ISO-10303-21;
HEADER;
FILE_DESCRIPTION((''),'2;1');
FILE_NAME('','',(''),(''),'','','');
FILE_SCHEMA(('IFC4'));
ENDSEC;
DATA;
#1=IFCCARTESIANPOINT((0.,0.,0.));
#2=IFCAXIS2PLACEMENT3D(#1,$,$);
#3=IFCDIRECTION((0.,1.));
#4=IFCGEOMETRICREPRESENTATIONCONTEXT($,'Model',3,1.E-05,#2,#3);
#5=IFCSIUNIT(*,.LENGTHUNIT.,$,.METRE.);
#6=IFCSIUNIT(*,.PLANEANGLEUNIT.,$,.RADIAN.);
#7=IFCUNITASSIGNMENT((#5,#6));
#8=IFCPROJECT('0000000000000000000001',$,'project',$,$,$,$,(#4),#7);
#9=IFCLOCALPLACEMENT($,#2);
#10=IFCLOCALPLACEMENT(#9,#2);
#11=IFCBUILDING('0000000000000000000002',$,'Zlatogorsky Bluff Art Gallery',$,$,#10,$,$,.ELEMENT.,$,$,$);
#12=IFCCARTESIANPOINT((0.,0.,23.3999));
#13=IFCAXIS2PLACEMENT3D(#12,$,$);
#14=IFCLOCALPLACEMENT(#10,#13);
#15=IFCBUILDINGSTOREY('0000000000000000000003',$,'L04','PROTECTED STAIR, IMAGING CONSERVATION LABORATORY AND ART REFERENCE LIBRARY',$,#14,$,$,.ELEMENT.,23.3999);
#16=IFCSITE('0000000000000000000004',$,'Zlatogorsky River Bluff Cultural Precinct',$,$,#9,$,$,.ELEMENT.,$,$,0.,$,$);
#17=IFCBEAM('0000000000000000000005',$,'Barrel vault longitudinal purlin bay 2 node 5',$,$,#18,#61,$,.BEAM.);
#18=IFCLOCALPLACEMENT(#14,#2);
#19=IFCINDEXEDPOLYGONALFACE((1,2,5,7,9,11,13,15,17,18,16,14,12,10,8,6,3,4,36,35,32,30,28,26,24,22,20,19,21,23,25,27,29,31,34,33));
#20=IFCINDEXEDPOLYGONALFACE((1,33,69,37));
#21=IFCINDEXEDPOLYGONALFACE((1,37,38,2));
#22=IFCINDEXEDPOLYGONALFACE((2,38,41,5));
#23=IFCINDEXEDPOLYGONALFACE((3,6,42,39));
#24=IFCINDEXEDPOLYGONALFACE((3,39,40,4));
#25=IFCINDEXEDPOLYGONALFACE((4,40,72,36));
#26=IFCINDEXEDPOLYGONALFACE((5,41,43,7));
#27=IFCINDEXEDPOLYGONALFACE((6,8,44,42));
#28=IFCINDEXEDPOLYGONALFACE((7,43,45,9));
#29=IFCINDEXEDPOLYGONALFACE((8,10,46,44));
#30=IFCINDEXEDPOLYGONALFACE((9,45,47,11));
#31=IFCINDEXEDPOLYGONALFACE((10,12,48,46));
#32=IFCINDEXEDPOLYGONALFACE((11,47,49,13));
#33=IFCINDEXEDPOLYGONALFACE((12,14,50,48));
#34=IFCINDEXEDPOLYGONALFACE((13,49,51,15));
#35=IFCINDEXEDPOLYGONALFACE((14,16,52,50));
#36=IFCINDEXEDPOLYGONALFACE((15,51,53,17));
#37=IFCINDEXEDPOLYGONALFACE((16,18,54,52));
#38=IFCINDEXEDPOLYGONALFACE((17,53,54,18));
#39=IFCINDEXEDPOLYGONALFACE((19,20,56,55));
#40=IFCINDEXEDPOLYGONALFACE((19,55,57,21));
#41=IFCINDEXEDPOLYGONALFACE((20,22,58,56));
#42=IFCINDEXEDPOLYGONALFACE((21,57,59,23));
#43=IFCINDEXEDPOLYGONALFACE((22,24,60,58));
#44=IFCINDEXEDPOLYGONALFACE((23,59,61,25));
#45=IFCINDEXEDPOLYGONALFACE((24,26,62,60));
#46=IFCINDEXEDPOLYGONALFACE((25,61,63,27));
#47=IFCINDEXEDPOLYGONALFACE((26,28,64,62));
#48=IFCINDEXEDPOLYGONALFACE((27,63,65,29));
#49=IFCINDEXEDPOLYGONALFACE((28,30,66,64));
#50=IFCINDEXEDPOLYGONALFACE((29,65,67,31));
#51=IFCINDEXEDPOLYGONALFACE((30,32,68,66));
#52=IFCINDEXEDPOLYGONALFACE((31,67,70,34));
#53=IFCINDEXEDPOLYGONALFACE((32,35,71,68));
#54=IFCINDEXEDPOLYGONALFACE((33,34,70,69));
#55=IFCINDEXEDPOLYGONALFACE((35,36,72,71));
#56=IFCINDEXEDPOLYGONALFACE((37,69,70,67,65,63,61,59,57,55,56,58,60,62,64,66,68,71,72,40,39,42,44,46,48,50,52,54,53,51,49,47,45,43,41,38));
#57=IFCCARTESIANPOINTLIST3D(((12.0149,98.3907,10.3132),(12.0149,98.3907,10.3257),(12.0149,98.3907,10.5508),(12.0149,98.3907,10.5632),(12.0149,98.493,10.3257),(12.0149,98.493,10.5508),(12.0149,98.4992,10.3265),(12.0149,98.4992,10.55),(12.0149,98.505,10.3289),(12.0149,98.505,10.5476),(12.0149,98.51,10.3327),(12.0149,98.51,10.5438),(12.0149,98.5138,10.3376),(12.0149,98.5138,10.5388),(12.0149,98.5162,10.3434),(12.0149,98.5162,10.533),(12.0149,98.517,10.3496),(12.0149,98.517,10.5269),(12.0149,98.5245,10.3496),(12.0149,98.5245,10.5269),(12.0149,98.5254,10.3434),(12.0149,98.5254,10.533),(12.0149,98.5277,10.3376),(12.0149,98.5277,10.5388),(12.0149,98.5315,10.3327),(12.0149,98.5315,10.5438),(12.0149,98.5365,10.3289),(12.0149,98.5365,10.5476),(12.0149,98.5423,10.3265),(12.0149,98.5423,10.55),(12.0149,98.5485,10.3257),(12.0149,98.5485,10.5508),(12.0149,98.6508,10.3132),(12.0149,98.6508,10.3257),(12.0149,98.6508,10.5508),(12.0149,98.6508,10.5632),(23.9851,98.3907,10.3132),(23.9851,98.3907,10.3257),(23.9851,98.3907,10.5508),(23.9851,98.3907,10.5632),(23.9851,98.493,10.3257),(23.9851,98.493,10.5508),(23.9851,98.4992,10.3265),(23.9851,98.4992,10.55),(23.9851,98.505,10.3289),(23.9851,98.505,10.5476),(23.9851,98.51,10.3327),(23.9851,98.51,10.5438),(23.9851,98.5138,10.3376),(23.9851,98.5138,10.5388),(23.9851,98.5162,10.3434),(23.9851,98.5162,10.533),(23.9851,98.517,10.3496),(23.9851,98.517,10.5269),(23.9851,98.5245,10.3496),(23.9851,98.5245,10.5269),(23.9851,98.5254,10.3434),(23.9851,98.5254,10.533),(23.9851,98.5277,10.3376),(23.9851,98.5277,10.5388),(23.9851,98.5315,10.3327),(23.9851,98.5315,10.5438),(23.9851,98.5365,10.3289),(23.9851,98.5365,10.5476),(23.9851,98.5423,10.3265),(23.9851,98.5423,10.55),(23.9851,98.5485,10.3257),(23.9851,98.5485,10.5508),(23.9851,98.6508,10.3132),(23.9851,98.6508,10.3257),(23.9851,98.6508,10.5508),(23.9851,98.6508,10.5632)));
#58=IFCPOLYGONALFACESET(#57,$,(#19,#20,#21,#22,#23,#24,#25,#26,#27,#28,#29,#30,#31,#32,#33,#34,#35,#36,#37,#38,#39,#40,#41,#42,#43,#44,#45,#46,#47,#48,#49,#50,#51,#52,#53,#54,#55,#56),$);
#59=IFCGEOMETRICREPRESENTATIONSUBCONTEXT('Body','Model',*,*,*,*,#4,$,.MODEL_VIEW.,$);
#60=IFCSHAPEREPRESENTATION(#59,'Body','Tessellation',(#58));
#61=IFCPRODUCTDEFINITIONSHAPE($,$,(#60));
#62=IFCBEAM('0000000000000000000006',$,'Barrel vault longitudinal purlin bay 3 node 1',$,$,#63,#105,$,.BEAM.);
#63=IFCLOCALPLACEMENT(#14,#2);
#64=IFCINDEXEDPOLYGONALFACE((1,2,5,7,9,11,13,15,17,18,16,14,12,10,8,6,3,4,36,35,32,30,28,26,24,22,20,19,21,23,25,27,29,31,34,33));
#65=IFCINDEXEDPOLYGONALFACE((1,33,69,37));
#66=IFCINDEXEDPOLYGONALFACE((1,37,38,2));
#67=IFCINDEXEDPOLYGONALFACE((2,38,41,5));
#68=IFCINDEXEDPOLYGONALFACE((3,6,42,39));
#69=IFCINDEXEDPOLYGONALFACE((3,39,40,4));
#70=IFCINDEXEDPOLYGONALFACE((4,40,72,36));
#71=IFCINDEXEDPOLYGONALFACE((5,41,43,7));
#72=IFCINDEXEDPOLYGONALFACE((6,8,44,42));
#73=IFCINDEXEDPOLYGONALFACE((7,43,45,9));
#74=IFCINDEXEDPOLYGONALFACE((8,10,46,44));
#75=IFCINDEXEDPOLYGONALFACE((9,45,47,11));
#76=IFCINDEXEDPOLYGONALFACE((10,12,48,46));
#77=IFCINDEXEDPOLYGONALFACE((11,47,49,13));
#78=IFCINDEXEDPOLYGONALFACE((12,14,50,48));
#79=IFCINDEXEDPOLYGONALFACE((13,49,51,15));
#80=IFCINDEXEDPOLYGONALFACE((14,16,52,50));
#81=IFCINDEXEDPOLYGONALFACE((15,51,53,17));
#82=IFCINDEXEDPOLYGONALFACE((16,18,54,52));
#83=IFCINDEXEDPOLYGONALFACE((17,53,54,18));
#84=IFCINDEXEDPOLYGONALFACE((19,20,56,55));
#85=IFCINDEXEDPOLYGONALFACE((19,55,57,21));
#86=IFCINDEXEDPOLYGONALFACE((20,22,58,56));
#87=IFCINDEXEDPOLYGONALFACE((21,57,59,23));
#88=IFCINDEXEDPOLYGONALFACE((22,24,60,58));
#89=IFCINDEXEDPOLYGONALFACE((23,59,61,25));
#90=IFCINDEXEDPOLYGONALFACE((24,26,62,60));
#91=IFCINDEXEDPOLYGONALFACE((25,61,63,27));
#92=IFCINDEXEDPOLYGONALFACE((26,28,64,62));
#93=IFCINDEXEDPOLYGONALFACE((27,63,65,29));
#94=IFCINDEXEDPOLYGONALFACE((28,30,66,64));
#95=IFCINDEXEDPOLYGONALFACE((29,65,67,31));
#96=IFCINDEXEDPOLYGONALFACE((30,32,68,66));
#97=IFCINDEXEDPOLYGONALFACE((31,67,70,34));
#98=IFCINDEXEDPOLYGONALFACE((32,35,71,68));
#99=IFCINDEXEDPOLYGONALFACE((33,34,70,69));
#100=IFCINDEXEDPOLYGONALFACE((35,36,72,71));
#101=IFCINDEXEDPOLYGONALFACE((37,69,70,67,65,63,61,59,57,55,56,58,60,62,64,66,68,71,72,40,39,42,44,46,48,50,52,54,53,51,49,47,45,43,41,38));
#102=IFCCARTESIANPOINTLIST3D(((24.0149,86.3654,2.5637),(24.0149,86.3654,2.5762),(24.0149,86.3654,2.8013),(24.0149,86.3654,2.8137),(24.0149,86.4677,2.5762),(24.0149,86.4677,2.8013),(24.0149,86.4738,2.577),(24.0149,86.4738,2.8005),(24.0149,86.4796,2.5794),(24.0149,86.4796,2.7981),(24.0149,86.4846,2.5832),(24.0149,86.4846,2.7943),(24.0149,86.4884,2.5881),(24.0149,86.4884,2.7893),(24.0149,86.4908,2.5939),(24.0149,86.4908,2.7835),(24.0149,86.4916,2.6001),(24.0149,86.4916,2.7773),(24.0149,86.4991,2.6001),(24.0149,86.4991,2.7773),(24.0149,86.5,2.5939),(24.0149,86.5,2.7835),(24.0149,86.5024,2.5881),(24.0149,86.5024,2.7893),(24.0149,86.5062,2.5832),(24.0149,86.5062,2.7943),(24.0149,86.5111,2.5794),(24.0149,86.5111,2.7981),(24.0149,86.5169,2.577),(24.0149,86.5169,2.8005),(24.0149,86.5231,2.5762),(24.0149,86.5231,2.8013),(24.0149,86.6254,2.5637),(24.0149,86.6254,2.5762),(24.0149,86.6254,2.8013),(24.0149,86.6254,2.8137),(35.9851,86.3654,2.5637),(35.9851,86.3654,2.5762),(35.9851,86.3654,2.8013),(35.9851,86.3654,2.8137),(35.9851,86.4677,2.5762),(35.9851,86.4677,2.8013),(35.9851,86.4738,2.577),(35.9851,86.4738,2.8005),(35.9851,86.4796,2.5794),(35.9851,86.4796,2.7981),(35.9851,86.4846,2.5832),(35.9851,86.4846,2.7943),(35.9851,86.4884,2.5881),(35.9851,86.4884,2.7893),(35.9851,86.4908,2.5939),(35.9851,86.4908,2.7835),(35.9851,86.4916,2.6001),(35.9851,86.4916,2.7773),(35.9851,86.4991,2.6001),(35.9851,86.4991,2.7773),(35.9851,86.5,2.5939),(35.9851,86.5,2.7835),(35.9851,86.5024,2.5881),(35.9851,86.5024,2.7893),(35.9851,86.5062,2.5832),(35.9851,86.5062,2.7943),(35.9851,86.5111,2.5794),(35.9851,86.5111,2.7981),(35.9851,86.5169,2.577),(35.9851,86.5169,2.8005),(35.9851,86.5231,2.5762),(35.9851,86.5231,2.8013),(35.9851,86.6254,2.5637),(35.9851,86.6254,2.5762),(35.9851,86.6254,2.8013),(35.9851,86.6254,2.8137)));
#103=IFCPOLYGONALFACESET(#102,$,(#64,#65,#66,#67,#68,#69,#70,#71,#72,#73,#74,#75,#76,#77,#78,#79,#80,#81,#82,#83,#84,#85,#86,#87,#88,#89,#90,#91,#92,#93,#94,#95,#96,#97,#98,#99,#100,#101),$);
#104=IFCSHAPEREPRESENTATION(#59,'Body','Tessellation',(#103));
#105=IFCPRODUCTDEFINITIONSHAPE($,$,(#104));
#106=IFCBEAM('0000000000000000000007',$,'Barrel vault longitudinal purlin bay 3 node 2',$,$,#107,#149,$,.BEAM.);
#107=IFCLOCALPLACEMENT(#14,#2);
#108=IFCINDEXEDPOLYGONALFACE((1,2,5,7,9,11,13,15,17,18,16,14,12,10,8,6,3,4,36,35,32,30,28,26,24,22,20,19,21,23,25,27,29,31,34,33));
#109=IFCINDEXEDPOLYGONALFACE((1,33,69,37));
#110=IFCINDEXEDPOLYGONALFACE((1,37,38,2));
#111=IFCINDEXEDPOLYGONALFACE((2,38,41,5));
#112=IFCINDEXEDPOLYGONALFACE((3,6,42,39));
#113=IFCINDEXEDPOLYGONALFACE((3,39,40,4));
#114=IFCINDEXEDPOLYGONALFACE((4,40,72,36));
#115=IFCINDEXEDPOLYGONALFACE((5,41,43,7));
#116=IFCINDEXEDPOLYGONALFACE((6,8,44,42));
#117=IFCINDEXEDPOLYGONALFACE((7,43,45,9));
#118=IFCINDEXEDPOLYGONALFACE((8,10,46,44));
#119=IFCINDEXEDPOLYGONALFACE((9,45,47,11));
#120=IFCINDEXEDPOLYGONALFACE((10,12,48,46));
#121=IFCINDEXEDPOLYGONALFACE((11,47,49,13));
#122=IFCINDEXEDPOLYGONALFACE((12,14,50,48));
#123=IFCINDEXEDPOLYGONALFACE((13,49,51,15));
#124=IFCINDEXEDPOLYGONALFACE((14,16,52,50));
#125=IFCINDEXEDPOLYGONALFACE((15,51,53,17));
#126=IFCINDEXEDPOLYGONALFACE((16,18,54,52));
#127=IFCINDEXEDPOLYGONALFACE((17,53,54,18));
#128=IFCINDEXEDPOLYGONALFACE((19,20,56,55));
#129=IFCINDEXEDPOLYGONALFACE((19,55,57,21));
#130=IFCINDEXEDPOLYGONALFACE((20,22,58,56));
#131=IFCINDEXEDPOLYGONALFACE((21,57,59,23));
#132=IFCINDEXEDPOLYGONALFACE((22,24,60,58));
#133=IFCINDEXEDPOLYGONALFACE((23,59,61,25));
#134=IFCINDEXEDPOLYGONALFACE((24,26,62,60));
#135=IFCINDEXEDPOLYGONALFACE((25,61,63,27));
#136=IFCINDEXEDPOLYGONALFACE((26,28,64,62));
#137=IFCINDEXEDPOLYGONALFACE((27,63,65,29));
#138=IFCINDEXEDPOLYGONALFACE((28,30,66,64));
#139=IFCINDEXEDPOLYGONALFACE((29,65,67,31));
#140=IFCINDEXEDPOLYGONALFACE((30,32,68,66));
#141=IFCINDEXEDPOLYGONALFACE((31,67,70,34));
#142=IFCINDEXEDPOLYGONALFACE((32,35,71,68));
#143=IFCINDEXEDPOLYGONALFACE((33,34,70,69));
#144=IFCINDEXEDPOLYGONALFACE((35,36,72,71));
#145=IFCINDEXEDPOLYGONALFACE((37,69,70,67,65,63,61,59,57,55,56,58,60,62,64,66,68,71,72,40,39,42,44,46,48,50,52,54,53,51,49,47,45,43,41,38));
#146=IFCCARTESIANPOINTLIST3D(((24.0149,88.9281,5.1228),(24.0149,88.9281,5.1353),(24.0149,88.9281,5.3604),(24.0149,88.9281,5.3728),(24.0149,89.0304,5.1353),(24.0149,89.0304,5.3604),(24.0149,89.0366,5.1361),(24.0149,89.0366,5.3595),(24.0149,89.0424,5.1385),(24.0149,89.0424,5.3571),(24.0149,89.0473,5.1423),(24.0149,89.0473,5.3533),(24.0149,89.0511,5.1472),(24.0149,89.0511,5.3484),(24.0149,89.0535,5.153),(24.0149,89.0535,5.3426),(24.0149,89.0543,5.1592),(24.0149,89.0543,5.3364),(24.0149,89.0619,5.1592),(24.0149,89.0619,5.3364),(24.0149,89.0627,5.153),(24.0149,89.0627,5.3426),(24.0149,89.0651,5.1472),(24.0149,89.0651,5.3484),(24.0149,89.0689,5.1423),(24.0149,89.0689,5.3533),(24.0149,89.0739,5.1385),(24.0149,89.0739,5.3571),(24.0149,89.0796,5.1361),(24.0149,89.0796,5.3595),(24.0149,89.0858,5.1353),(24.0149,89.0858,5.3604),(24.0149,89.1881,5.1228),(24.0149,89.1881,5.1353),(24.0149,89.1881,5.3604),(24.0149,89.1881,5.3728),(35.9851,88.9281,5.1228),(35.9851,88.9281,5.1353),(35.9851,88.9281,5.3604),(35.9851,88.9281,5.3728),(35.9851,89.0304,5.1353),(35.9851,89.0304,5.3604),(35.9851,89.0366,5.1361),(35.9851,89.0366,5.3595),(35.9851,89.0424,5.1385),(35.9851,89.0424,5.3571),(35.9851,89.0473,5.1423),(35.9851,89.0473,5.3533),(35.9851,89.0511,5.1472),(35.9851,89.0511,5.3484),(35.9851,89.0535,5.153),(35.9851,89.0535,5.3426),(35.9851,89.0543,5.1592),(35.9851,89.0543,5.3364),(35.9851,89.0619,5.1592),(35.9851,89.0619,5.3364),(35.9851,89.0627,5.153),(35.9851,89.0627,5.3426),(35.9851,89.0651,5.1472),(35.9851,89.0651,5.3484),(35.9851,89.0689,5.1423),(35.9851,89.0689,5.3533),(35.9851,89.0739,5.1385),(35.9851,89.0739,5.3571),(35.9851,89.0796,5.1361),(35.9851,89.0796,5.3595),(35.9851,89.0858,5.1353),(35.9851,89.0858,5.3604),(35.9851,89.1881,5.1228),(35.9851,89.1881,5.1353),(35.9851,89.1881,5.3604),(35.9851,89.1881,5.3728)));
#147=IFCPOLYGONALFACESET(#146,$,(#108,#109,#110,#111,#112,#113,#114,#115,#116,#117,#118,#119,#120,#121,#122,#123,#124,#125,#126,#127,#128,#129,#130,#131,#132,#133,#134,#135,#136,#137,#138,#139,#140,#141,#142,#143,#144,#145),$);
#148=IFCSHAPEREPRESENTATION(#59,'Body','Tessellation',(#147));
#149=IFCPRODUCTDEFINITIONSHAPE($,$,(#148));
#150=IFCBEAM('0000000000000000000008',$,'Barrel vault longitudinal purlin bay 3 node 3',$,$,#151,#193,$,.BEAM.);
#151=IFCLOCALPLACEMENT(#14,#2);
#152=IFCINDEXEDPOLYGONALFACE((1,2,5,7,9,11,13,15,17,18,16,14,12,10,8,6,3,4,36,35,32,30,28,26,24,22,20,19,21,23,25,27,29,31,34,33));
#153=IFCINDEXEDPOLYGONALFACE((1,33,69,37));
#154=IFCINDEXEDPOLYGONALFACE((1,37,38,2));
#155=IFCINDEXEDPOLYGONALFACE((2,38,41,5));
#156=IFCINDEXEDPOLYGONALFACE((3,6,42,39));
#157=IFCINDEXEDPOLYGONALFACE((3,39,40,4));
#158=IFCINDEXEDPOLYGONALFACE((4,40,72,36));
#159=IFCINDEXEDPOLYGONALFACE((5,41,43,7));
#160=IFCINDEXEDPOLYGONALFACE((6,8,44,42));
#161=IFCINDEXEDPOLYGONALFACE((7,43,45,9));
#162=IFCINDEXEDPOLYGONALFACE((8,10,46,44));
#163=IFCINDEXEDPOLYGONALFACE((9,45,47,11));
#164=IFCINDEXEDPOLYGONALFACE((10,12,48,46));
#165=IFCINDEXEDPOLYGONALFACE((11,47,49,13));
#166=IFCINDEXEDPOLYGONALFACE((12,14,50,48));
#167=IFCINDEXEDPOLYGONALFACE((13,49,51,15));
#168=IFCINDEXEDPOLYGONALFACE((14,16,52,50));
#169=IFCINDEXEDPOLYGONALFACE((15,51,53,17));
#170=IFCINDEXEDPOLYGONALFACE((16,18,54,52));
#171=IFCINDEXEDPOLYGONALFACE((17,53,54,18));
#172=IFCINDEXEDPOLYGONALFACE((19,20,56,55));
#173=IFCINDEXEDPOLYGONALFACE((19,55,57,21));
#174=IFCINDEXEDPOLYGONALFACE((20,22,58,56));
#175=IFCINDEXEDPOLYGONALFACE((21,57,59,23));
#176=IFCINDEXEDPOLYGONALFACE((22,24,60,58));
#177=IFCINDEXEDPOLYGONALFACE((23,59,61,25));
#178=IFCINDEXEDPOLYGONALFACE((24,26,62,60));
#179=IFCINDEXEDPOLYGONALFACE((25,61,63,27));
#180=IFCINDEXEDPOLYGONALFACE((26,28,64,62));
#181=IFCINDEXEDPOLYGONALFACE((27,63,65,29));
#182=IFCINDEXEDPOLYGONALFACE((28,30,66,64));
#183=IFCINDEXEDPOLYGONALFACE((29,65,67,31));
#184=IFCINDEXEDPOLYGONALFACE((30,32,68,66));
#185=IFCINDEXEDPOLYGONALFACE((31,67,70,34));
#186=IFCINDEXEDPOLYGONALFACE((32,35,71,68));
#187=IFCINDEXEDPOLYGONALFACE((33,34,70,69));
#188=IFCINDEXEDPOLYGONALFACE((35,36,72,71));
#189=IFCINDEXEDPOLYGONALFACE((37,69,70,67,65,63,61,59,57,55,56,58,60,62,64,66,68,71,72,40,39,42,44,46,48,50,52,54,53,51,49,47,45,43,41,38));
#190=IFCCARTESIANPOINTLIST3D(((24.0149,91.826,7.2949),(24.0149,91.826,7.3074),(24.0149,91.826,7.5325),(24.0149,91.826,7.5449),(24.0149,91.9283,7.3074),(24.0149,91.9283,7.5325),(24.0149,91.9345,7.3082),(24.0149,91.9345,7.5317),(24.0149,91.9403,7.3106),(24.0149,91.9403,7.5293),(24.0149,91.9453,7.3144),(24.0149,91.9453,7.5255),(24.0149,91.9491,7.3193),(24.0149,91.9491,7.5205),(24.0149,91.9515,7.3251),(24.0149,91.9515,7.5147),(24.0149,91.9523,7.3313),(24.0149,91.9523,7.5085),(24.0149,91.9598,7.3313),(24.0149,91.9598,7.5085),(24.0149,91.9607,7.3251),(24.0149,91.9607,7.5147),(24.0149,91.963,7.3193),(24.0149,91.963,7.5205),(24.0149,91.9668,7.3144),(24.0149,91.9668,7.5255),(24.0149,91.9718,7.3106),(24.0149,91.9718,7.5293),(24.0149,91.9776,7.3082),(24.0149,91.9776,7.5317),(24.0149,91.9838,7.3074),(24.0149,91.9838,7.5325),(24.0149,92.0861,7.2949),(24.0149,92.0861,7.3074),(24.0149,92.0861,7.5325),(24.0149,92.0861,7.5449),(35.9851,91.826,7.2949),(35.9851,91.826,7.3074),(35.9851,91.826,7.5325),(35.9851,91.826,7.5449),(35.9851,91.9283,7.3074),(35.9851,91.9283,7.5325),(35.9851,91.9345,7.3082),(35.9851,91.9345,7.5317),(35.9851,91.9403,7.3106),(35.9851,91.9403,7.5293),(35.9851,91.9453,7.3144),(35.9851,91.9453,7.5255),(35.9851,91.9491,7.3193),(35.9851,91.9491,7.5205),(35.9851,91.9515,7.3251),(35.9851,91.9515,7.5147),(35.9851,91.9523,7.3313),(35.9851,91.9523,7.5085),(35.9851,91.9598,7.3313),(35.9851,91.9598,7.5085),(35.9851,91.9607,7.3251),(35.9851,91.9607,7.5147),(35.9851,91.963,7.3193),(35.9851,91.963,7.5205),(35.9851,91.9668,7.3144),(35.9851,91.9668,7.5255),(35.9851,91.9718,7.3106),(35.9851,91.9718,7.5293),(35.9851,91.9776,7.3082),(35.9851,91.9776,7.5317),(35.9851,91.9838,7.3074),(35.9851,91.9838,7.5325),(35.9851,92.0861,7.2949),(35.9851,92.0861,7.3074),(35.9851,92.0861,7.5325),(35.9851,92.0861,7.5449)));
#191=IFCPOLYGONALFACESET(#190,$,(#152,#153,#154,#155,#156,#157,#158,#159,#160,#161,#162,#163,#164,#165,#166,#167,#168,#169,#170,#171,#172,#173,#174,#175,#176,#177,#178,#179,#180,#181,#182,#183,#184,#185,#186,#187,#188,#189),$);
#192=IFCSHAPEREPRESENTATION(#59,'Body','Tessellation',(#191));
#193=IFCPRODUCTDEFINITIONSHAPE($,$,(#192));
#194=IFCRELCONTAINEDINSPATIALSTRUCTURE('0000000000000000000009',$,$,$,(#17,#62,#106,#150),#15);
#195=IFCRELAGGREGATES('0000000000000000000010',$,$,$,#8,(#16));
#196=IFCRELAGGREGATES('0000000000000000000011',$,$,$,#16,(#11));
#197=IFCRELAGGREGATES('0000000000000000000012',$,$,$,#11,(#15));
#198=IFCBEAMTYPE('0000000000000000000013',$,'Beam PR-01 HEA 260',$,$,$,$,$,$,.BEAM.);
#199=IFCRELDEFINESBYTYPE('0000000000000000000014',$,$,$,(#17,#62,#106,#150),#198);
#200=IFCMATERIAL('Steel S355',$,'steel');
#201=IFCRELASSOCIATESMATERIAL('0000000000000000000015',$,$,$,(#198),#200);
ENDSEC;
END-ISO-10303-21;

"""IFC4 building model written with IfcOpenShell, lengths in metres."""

from ifc_helpers import new_model, si_unit, direction, frame, origin, origin_2d, place, context, subcontext, project, spatial, i_section, extrude, material, material_profile, profile_set, type_object, element, save


model = new_model("IFC4")

# Units and contexts
model_context = context("Model", 3, precision=1e-05, world=origin(), true_north=direction((0.0, 1.0)))
body_context = subcontext(model_context, "Body", "Model", "MODEL_VIEW")
ifc_project = project(units=[si_unit("LENGTHUNIT", "METRE"), si_unit("PLANEANGLEUNIT", "RADIAN")], contexts=[model_context])

# Site, building, storey
site_placement = place(None, origin())
site = spatial("IfcSite", under=ifc_project, at=site_placement, Name="Zlatogorsky River Bluff Cultural Precinct", CompositionType="ELEMENT", RefElevation=0.0)
building_placement = place(site_placement, origin())
building = spatial("IfcBuilding", under=site, at=building_placement, Name="Zlatogorsky Bluff Art Gallery", CompositionType="ELEMENT")
storey_placement = place(building_placement, frame((0.0, 0.0, 23.3999)))
storey = spatial("IfcBuildingStorey", under=building, at=storey_placement, Name="L04", Description="PROTECTED STAIR, IMAGING CONSERVATION LABORATORY AND ART REFERENCE LIBRARY", CompositionType="ELEMENT", Elevation=23.3999)

# Beams
ifc_material_1 = material(Name="Steel S355", Category="steel")
ifc_material_profile_1 = material_profile(ifc_material_1, i_section(OverallWidth=0.26, OverallDepth=0.25, WebThickness=0.0076, FlangeThickness=0.0125, FilletRadius=0.0239, at=origin_2d()), Name="HEA 260")
ifc_profile_set_1 = profile_set([ifc_material_profile_1], Name="Steel S355")
beam_type_1 = type_object("IfcBeamType", Name="Beam PR-01 HEA 260", PredefinedType="BEAM", material=ifc_profile_set_1)
for number, where, z_axis, x_axis, name in (
    (1, (12.0149, 98.5208, 10.4382), (1.0, 0.0, 0.0), (0.0, 1.0, 0.0), "Barrel vault longitudinal purlin bay 2 node 5"),
    (2, (24.0149, 86.4954, 2.6887), (1.0, 0.0, 0.0), (0.0, 1.0, 0.0), "Barrel vault longitudinal purlin bay 3 node 1"),
    (3, (24.0149, 89.0581, 5.2478), (1.0, 0.0, 0.0), (0.0, 1.0, 0.0), "Barrel vault longitudinal purlin bay 3 node 2"),
    (4, (24.0149, 91.9561, 7.4199), (1.0, 0.0, 0.0), (0.0, 1.0, 0.0), "Barrel vault longitudinal purlin bay 3 node 3"),
):
    element("IfcBeam", number, at=place(storey_placement, frame(where, z_axis=z_axis, x_axis=x_axis)), inside=storey, type_object=beam_type_1, Name=name, PredefinedType="BEAM", context=body_context, shape_type="SweptSolid", body=[
        extrude(i_section(OverallWidth=0.26, OverallDepth=0.25, WebThickness=0.0076, FlangeThickness=0.0125, FilletRadius=0.0239, at=origin_2d()), origin(), (0.0, 0.0, 1.0), 11.9702),
    ])

save(model, "model.ifc")
